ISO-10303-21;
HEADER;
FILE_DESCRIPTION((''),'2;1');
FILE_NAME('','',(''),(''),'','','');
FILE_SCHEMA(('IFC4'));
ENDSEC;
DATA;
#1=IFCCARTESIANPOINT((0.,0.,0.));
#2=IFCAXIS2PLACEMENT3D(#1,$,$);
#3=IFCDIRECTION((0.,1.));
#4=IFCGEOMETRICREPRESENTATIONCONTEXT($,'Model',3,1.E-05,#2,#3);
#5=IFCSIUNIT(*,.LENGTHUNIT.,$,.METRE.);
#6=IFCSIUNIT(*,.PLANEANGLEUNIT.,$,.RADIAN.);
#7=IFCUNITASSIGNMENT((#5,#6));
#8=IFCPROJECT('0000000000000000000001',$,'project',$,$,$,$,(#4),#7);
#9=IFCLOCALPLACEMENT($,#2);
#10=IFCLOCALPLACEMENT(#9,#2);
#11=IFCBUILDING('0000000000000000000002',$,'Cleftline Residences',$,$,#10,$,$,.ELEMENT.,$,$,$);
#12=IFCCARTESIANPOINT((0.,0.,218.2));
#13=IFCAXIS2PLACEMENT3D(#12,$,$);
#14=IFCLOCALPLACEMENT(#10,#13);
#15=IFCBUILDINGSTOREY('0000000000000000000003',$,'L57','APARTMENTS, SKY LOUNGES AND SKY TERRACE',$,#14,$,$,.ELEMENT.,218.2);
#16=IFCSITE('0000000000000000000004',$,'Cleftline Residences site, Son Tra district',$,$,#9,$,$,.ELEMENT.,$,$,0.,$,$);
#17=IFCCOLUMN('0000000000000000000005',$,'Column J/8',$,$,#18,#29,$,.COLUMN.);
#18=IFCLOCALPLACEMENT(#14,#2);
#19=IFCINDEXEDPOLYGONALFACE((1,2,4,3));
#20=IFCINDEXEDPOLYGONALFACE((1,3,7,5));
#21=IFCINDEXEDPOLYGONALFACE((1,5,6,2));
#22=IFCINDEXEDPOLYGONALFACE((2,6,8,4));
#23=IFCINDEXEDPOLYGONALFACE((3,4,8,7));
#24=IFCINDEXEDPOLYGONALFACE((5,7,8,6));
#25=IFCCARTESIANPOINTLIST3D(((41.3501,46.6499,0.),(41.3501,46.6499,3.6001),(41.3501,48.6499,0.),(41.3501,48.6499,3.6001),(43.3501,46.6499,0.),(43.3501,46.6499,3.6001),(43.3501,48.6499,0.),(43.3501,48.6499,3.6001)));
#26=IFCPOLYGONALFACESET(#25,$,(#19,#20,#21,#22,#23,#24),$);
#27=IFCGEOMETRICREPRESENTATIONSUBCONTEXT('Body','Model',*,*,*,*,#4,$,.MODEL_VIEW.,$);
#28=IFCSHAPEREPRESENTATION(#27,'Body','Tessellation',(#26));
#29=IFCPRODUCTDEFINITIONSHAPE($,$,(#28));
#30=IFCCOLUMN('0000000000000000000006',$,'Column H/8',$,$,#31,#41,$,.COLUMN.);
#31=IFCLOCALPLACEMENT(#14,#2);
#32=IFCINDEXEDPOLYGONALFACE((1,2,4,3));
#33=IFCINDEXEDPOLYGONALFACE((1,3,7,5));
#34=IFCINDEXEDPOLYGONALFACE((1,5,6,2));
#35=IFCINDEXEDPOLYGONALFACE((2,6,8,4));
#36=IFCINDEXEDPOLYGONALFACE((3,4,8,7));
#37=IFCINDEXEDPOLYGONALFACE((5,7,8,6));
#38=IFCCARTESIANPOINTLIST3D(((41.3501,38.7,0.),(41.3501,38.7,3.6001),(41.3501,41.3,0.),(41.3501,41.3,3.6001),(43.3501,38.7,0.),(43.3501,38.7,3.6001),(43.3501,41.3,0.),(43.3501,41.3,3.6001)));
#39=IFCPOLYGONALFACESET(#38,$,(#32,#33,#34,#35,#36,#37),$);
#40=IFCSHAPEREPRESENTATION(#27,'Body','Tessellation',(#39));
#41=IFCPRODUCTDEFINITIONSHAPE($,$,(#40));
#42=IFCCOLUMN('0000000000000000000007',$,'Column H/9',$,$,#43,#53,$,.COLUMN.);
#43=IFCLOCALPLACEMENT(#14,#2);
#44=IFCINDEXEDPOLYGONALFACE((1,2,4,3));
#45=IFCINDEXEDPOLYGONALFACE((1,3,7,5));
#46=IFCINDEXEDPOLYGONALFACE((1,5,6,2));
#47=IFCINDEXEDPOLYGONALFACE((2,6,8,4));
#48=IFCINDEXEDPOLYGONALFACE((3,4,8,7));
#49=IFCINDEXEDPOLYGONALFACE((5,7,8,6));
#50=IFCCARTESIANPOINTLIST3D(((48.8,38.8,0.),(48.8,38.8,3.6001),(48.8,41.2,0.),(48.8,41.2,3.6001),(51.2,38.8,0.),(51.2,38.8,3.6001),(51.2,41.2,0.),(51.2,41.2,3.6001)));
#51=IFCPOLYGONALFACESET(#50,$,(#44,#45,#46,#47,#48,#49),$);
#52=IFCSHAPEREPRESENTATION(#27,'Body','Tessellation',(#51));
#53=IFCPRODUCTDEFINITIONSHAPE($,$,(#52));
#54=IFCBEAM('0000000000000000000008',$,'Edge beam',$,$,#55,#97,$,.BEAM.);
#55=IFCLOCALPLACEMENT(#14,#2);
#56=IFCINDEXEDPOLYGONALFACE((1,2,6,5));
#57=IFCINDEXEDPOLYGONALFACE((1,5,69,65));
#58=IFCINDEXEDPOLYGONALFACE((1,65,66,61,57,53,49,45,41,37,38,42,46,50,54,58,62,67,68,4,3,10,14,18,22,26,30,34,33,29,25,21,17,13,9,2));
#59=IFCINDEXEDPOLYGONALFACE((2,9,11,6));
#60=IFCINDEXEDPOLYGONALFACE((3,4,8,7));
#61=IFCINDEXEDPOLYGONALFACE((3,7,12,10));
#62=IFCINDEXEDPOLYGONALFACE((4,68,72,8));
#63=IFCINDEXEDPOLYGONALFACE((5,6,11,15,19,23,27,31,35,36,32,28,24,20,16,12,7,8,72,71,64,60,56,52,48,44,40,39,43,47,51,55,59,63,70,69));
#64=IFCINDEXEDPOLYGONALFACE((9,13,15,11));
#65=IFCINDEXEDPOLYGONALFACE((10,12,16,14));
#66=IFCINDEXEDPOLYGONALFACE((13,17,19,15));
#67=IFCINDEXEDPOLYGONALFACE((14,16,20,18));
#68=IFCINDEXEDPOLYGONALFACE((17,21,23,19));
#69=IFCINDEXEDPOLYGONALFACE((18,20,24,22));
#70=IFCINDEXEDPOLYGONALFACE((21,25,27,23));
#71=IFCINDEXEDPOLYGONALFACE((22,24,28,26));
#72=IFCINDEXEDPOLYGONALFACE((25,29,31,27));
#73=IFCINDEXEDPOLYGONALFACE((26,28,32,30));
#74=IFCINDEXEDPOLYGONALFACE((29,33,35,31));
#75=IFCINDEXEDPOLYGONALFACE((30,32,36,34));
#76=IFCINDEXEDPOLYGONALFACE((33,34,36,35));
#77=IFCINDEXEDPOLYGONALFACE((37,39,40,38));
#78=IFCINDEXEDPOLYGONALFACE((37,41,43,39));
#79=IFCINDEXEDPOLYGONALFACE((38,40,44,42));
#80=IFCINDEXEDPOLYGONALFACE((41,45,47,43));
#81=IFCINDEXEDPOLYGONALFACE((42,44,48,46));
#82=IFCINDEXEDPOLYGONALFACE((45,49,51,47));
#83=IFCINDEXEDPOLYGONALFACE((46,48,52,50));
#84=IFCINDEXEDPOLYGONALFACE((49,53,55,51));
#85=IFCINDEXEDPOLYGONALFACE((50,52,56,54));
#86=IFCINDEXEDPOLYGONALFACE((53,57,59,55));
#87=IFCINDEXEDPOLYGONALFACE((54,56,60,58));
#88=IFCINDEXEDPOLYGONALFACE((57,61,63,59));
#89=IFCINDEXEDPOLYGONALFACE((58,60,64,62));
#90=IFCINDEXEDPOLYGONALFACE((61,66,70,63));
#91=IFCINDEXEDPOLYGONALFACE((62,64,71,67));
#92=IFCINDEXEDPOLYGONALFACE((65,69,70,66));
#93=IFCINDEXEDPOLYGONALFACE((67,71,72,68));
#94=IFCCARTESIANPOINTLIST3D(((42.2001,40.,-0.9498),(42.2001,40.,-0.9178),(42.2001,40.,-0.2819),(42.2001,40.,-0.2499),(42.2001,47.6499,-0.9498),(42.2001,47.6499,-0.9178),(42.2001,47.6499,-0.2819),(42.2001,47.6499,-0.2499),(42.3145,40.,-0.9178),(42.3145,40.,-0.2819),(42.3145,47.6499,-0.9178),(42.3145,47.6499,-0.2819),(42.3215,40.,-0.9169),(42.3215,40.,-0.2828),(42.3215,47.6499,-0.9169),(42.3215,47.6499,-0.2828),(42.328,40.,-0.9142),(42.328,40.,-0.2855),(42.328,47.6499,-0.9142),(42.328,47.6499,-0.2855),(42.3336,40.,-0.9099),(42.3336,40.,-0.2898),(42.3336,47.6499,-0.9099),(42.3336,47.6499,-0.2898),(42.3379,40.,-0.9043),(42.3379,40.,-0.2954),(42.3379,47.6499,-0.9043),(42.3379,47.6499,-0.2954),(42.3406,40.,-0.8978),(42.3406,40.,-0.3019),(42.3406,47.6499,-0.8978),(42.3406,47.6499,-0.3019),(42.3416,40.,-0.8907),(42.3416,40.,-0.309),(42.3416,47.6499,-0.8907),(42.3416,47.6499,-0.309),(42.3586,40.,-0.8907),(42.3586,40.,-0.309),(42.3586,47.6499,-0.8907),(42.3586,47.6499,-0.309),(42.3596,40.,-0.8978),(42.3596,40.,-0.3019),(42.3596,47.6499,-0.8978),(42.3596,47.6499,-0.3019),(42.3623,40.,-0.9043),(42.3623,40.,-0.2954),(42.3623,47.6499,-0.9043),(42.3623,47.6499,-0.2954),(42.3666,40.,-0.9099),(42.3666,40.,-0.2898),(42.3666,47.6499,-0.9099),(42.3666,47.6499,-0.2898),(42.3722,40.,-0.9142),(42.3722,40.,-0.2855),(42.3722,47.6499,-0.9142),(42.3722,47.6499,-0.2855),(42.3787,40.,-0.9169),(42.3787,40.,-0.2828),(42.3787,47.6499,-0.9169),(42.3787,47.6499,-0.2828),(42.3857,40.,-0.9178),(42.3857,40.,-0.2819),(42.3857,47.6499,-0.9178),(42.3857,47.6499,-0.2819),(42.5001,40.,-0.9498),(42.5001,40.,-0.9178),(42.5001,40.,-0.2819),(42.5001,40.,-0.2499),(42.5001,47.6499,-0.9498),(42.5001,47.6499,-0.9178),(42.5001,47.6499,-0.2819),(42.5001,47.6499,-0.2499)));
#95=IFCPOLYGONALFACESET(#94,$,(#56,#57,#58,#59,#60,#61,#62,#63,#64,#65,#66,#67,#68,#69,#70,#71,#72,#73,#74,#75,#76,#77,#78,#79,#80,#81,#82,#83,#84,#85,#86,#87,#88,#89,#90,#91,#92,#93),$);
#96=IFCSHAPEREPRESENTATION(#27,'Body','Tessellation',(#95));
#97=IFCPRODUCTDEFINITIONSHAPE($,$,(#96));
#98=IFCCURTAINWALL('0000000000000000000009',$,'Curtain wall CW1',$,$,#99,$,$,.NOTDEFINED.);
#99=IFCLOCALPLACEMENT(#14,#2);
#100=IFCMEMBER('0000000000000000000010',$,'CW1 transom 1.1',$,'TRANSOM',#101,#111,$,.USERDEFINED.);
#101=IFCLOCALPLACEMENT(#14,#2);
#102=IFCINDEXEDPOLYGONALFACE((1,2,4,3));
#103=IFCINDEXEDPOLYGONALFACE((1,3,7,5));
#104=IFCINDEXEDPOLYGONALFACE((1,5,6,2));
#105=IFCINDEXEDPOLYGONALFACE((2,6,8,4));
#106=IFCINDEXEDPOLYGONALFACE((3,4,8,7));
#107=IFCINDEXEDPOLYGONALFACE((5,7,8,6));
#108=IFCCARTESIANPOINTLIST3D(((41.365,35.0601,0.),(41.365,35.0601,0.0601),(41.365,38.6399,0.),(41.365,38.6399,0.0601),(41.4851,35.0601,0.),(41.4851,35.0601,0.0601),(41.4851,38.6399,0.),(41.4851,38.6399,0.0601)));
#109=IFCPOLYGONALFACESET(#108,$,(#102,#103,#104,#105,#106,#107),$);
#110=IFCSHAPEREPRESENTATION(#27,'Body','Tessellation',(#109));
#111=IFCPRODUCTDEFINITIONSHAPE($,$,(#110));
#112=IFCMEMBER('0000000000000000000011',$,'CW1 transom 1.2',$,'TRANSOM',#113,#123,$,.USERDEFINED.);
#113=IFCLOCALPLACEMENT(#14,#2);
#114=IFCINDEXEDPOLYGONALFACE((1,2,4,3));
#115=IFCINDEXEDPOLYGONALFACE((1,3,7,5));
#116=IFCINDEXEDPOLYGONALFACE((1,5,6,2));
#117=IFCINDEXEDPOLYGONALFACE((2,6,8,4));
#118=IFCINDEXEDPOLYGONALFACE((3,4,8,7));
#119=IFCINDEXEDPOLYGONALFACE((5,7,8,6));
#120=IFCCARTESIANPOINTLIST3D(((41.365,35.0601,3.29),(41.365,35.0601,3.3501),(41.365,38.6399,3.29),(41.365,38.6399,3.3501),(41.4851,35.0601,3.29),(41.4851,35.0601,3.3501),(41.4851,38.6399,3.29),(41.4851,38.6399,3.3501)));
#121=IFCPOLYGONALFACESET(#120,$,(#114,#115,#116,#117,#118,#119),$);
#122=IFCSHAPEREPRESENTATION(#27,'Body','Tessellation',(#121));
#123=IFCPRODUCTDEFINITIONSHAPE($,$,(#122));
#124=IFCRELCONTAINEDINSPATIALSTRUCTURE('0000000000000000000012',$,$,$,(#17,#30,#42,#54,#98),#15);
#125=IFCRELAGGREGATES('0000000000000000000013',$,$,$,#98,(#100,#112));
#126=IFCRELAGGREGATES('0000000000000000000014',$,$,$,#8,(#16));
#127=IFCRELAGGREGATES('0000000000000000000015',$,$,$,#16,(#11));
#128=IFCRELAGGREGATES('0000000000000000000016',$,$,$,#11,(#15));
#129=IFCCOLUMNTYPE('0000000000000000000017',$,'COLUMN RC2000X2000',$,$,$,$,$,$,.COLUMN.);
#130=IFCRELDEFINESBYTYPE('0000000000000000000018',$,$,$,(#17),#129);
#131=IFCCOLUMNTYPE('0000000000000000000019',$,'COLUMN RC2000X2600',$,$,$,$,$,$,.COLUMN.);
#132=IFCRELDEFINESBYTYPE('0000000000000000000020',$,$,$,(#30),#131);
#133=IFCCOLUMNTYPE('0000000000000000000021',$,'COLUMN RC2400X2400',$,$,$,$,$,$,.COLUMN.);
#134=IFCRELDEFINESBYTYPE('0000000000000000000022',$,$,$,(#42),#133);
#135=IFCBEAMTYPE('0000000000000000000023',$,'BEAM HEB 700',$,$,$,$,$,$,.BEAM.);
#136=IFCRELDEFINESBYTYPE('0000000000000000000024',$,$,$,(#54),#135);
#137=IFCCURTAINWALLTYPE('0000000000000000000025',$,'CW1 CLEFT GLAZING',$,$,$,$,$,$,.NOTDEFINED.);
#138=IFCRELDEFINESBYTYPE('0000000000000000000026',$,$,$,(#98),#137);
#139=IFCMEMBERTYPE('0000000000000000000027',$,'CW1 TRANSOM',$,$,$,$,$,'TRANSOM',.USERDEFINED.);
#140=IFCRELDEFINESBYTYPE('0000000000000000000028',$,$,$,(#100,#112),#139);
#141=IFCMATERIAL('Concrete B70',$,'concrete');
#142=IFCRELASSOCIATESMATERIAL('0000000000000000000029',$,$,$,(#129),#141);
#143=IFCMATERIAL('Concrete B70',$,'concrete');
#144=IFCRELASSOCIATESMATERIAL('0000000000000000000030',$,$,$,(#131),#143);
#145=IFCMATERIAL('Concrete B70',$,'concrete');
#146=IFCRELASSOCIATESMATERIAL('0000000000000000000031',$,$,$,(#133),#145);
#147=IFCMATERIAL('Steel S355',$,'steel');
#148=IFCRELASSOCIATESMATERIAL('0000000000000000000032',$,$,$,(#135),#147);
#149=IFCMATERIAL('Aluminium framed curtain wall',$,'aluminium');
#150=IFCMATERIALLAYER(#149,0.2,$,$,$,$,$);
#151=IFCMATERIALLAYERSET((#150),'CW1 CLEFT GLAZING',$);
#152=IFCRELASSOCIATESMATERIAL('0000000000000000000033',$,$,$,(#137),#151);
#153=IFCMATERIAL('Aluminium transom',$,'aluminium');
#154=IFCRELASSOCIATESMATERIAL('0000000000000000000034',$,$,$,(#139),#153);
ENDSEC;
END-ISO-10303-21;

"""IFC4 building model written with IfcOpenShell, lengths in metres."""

from ifc_helpers import new_model, si_unit, direction, frame, origin, origin_2d, place, context, subcontext, project, spatial, rectangle, i_section, extrude, material, layer, layer_set, material_profile, profile_set, type_object, element, aggregate, save


model = new_model("IFC4")

# Units and contexts
model_context = context("Model", 3, precision=1e-05, world=origin(), true_north=direction((0.0, 1.0)))
body_context = subcontext(model_context, "Body", "Model", "MODEL_VIEW")
ifc_project = project(units=[si_unit("LENGTHUNIT", "METRE"), si_unit("PLANEANGLEUNIT", "RADIAN")], contexts=[model_context])

# Site, building, storey
site_placement = place(None, origin())
site = spatial("IfcSite", under=ifc_project, at=site_placement, Name="Cleftline Residences site, Son Tra district", CompositionType="ELEMENT", RefElevation=0.0)
building_placement = place(site_placement, origin())
building = spatial("IfcBuilding", under=site, at=building_placement, Name="Cleftline Residences", CompositionType="ELEMENT")
storey_placement = place(building_placement, frame((0.0, 0.0, 218.2)))
storey = spatial("IfcBuildingStorey", under=building, at=storey_placement, Name="L57", Description="APARTMENTS, SKY LOUNGES AND SKY TERRACE", CompositionType="ELEMENT", Elevation=218.2)

# Columns
ifc_material_1 = material(Name="Concrete B70", Category="concrete")
ifc_material_profile_1 = material_profile(ifc_material_1, rectangle(XDim=2.0, YDim=2.0, at=origin_2d()))
ifc_profile_set_1 = profile_set([ifc_material_profile_1], Name="Concrete B70")
column_type_1 = type_object("IfcColumnType", Name="COLUMN RC2000X2000", PredefinedType="COLUMN", material=ifc_profile_set_1)
column_1_placement = place(storey_placement, frame((42.3501, 47.6499, 0.0), z_axis=(0.0, 0.0, 1.0), x_axis=(1.0, 0.0, 0.0)))
element("IfcColumn", 1, at=column_1_placement, inside=storey, type_object=column_type_1, Name="Column J/8", PredefinedType="COLUMN", context=body_context, shape_type="SweptSolid", body=[
    extrude(rectangle(XDim=2.0, YDim=2.0, at=origin_2d()), origin(), (0.0, 0.0, 1.0), 3.6001),
])
ifc_material_2 = material(Name="Concrete B70", Category="concrete")
ifc_material_profile_2 = material_profile(ifc_material_2, rectangle(XDim=2.0, YDim=2.6001, at=origin_2d()))
ifc_profile_set_2 = profile_set([ifc_material_profile_2], Name="Concrete B70")
column_type_2 = type_object("IfcColumnType", Name="COLUMN RC2000X2600", PredefinedType="COLUMN", material=ifc_profile_set_2)
column_2_placement = place(storey_placement, frame((42.3501, 40.0, 0.0), z_axis=(0.0, 0.0, 1.0), x_axis=(1.0, 0.0, 0.0)))
element("IfcColumn", 2, at=column_2_placement, inside=storey, type_object=column_type_2, Name="Column H/8", PredefinedType="COLUMN", context=body_context, shape_type="SweptSolid", body=[
    extrude(rectangle(XDim=2.0, YDim=2.6001, at=origin_2d()), origin(), (0.0, 0.0, 1.0), 3.6001),
])
ifc_material_3 = material(Name="Concrete B70", Category="concrete")
ifc_material_profile_3 = material_profile(ifc_material_3, rectangle(XDim=2.3999, YDim=2.3999, at=origin_2d()))
ifc_profile_set_3 = profile_set([ifc_material_profile_3], Name="Concrete B70")
column_type_3 = type_object("IfcColumnType", Name="COLUMN RC2400X2400", PredefinedType="COLUMN", material=ifc_profile_set_3)
column_3_placement = place(storey_placement, frame((50.0, 40.0, 0.0), z_axis=(0.0, 0.0, 1.0), x_axis=(1.0, 0.0, 0.0)))
element("IfcColumn", 3, at=column_3_placement, inside=storey, type_object=column_type_3, Name="Column H/9", PredefinedType="COLUMN", context=body_context, shape_type="SweptSolid", body=[
    extrude(rectangle(XDim=2.3999, YDim=2.3999, at=origin_2d()), origin(), (0.0, 0.0, 1.0), 3.6001),
])

# Beam
ifc_material_4 = material(Name="Steel S355", Category="steel")
ifc_material_profile_4 = material_profile(ifc_material_4, i_section(OverallWidth=0.3, OverallDepth=0.7, WebThickness=0.0171, FlangeThickness=0.032, FilletRadius=0.0271, at=origin_2d()))
ifc_profile_set_4 = profile_set([ifc_material_profile_4], Name="Steel S355")
beam_type = type_object("IfcBeamType", Name="BEAM HEB 700", PredefinedType="BEAM", material=ifc_profile_set_4)
beam_placement = place(storey_placement, frame((42.3501, 47.6499, -0.5999), z_axis=(0.0, -1.0, 0.0), x_axis=(1.0, 0.0, 0.0)))
element("IfcBeam", 4, at=beam_placement, inside=storey, type_object=beam_type, Name="Edge beam", PredefinedType="BEAM", context=body_context, shape_type="SweptSolid", body=[
    extrude(i_section(OverallWidth=0.3, OverallDepth=0.7, WebThickness=0.0171, FlangeThickness=0.032, FilletRadius=0.0271, at=origin_2d()), origin(), (0.0, 0.0, 1.0), 7.6499),
])

# Curtain wall, members
ifc_material_5 = material(Name="Aluminium framed curtain wall", Category="aluminium")
ifc_layer_1 = layer(ifc_material_5, 0.2)
ifc_layer_set_1 = layer_set([ifc_layer_1], Name="CW1 CLEFT GLAZING")
curtain_wall_type = type_object("IfcCurtainWallType", Name="CW1 CLEFT GLAZING", PredefinedType="NOTDEFINED", material=ifc_layer_set_1)
curtain_wall_placement = place(storey_placement, origin())
curtain_wall = element("IfcCurtainWall", 5, at=curtain_wall_placement, inside=storey, type_object=curtain_wall_type, Name="Curtain wall CW1", PredefinedType="NOTDEFINED")
ifc_material_6 = material(Name="Aluminium transom", Category="aluminium")
ifc_material_profile_5 = material_profile(ifc_material_6, rectangle(XDim=0.1201, YDim=0.0601, at=origin_2d()))
ifc_profile_set_5 = profile_set([ifc_material_profile_5], Name="Aluminium transom")
member_type = type_object("IfcMemberType", Name="CW1 TRANSOM", ElementType="TRANSOM", PredefinedType="USERDEFINED", material=ifc_profile_set_5)
member_1_placement = place(storey_placement, frame((41.425, 38.6399, 0.03), z_axis=(0.0, -1.0, 0.0), x_axis=(1.0, 0.0, 0.0)))
member_1 = element("IfcMember", 6, at=member_1_placement, type_object=member_type, Name="CW1 transom 1.1", ObjectType="TRANSOM", PredefinedType="USERDEFINED", context=body_context, shape_type="SweptSolid", body=[
    extrude(rectangle(XDim=0.1201, YDim=0.0601, at=origin_2d()), origin(), (0.0, 0.0, 1.0), 3.5798),
])
member_2_placement = place(storey_placement, frame((41.425, 38.6399, 3.3201), z_axis=(0.0, -1.0, 0.0), x_axis=(1.0, 0.0, 0.0)))
member_2 = element("IfcMember", 7, at=member_2_placement, type_object=member_type, Name="CW1 transom 1.2", ObjectType="TRANSOM", PredefinedType="USERDEFINED", context=body_context, shape_type="SweptSolid", body=[
    extrude(rectangle(XDim=0.1201, YDim=0.0601, at=origin_2d()), origin(), (0.0, 0.0, 1.0), 3.5798),
])
aggregate(curtain_wall, [member_1, member_2])

save(model, "model.ifc")
